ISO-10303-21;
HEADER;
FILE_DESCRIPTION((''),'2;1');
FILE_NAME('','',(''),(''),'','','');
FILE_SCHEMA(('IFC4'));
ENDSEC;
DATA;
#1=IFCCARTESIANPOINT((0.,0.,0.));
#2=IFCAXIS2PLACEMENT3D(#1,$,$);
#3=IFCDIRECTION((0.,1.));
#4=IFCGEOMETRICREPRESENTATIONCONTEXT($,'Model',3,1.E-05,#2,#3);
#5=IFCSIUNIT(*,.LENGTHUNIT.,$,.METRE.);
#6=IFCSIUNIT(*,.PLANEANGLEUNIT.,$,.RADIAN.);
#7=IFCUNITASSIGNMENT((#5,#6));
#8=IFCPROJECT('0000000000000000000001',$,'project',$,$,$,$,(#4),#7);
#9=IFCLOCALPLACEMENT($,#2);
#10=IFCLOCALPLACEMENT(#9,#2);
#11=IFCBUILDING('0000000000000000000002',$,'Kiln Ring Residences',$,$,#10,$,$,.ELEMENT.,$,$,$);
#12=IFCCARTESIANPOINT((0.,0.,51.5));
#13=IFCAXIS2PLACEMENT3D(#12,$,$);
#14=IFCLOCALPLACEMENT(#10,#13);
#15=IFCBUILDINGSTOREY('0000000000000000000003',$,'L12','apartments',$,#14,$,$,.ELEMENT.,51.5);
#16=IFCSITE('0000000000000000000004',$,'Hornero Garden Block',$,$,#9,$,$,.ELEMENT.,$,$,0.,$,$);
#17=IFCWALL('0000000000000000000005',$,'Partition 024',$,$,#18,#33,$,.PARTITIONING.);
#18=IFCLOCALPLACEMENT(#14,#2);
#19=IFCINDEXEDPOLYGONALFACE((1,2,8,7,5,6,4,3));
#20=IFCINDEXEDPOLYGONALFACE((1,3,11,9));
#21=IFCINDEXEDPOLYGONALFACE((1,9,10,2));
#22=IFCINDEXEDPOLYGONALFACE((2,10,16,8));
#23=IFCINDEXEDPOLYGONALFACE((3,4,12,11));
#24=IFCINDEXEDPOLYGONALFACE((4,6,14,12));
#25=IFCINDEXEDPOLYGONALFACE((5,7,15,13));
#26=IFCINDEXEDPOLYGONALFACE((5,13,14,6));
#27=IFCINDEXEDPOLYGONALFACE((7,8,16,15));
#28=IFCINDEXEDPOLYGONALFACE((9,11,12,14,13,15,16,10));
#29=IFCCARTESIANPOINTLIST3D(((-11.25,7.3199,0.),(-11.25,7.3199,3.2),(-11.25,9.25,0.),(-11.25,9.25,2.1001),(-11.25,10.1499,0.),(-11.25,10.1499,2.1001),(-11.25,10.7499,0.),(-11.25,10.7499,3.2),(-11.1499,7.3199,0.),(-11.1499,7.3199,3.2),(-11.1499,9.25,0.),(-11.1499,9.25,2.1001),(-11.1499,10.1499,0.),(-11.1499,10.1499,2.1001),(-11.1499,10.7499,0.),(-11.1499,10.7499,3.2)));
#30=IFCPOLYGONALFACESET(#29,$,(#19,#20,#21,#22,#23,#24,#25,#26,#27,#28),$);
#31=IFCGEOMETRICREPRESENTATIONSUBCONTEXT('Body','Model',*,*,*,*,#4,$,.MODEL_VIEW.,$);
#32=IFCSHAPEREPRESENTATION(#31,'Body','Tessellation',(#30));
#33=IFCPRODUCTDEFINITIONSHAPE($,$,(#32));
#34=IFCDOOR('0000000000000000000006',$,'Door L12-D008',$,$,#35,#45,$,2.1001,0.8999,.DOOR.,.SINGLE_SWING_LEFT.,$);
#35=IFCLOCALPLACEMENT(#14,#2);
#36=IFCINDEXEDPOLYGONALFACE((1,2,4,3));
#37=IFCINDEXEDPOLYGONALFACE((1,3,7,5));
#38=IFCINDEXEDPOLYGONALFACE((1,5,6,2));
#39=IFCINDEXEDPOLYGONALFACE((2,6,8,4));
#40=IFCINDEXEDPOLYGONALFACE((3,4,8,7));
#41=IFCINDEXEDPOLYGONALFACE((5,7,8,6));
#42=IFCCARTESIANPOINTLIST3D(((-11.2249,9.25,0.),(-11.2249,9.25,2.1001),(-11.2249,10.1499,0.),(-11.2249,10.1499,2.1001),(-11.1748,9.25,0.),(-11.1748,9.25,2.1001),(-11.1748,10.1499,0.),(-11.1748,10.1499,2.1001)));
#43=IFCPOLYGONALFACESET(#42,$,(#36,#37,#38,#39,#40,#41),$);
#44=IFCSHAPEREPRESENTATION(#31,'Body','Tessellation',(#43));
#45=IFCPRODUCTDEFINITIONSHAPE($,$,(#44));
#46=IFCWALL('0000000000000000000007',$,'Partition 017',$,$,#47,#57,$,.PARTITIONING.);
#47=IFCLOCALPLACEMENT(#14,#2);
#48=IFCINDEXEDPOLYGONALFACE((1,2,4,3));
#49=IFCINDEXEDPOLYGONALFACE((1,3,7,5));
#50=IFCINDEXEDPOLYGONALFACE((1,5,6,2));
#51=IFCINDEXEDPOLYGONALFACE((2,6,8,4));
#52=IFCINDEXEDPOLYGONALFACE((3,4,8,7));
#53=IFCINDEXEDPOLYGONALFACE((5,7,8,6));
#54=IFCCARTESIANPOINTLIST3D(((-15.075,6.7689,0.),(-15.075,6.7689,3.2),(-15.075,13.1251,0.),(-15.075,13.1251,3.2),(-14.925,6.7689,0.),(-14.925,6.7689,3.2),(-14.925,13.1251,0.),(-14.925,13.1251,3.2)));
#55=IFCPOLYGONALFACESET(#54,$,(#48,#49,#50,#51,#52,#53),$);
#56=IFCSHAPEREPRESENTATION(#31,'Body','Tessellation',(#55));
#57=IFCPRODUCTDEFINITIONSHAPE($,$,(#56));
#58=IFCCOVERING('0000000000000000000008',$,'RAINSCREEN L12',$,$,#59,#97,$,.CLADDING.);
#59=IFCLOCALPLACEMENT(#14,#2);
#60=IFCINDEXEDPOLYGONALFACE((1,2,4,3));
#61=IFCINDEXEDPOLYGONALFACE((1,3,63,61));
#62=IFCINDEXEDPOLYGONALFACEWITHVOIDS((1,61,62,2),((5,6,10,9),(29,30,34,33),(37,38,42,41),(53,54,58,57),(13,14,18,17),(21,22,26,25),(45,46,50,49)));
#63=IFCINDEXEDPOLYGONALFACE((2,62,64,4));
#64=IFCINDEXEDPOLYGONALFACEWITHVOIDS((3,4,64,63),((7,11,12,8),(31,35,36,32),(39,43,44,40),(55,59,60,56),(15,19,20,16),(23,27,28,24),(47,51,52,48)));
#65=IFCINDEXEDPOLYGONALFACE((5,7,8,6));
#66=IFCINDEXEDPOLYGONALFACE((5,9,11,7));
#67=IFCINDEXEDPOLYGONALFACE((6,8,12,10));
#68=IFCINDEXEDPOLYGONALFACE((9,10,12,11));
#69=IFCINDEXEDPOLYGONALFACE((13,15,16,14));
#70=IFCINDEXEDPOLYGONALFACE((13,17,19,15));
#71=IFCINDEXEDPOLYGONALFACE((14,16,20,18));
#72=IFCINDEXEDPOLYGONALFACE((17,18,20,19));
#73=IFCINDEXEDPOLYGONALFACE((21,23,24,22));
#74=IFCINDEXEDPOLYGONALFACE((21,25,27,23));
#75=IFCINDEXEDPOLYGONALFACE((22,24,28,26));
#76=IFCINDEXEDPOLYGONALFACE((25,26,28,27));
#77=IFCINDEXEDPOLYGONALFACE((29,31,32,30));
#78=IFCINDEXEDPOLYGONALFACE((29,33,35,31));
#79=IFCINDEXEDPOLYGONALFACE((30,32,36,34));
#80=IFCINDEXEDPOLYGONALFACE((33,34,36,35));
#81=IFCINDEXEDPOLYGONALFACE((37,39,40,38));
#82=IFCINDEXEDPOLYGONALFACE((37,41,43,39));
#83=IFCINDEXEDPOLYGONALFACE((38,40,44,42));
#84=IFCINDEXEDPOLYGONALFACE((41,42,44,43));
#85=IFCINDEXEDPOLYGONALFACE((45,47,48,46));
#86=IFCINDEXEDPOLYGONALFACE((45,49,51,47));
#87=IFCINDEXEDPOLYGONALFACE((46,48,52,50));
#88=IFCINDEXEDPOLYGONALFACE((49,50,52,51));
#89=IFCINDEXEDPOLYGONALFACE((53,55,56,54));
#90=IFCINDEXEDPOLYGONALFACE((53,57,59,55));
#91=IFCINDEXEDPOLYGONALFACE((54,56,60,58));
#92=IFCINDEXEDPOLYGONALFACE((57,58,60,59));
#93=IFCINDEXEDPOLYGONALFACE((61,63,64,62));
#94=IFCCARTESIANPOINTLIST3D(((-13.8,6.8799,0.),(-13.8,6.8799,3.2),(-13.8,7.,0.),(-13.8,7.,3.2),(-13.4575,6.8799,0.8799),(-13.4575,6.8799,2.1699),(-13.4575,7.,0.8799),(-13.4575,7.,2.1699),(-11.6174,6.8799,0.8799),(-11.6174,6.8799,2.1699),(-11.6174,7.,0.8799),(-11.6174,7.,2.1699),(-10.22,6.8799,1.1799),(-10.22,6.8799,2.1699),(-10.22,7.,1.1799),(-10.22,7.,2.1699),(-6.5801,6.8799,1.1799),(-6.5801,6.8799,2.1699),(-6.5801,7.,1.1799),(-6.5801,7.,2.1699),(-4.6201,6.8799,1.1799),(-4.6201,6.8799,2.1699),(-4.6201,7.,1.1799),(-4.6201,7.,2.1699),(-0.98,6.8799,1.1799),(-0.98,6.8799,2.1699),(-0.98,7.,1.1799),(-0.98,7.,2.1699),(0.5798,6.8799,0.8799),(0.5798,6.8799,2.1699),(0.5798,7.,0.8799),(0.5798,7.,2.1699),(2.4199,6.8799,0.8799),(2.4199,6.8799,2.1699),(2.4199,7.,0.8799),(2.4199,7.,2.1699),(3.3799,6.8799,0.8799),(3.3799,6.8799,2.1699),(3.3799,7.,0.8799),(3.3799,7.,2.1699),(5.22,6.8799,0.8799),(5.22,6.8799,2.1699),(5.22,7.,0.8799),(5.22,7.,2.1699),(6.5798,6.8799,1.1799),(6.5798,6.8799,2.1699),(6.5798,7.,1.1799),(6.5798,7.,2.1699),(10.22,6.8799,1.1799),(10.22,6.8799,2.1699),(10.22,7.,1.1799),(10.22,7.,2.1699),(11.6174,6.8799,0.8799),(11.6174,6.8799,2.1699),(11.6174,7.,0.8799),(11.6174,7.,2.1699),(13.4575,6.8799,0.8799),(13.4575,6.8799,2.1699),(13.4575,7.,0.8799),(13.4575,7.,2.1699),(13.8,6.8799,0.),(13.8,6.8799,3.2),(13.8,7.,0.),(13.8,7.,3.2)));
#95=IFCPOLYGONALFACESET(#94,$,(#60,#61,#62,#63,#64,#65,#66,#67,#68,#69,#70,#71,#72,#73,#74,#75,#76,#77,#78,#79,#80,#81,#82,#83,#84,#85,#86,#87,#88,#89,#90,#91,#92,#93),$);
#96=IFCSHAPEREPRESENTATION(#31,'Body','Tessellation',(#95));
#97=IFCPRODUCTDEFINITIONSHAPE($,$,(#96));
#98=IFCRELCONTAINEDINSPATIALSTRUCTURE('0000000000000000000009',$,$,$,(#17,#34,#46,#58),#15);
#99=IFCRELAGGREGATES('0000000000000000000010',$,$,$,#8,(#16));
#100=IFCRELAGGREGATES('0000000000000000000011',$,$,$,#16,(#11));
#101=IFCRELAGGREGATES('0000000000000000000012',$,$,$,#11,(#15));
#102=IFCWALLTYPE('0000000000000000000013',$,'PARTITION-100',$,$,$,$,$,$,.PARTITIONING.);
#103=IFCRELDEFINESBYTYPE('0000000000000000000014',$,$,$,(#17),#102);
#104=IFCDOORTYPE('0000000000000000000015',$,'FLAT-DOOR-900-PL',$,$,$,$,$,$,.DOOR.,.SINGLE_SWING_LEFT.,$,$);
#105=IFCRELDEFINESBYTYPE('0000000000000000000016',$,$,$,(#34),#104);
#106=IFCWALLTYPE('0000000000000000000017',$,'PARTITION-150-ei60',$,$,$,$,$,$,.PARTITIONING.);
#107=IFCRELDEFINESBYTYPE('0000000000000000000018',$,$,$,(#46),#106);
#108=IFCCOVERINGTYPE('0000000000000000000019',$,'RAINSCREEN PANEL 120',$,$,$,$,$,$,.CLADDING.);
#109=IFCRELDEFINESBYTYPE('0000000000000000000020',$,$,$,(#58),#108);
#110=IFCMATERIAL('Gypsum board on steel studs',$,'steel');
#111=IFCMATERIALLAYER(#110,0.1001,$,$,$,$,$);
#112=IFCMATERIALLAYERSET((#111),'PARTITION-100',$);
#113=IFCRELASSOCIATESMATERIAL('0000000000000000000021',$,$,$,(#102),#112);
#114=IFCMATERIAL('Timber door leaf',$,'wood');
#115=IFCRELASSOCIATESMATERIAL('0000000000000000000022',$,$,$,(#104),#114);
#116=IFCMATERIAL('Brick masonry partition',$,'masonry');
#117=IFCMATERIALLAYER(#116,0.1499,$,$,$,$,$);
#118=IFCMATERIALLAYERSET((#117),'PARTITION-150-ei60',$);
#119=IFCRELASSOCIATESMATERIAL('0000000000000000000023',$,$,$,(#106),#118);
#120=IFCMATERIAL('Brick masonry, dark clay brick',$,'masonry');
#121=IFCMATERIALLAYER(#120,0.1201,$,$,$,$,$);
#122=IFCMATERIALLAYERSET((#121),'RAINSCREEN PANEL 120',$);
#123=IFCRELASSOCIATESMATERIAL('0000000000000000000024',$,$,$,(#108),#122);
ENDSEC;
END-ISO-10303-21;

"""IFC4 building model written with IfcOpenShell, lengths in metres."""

from ifc_helpers import new_model, si_unit, direction, frame, frame_2d, origin, place, context, subcontext, project, spatial, polyline, rectangle, outline, extrude, material, layer, layer_set, type_object, element, fill, save


model = new_model("IFC4")

# Units and contexts
model_context = context("Model", 3, precision=1e-05, world=origin(), true_north=direction((0.0, 1.0)))
body_context = subcontext(model_context, "Body", "Model", "MODEL_VIEW")
ifc_project = project(units=[si_unit("LENGTHUNIT", "METRE"), si_unit("PLANEANGLEUNIT", "RADIAN")], contexts=[model_context])

# Site, building, storey
site_placement = place(None, origin())
site = spatial("IfcSite", under=ifc_project, at=site_placement, Name="Hornero Garden Block", CompositionType="ELEMENT", RefElevation=0.0)
building_placement = place(site_placement, origin())
building = spatial("IfcBuilding", under=site, at=building_placement, Name="Kiln Ring Residences", CompositionType="ELEMENT")
storey_placement = place(building_placement, frame((0.0, 0.0, 51.5)))
storey = spatial("IfcBuildingStorey", under=building, at=storey_placement, Name="L12", Description="apartments", CompositionType="ELEMENT", Elevation=51.5)

# Wall, opening, door
ifc_material_1 = material(Name="Gypsum board on steel studs", Category="steel")
ifc_layer_1 = layer(ifc_material_1, 0.1001)
ifc_layer_set_1 = layer_set([ifc_layer_1], Name="PARTITION-100")
wall_type_1 = type_object("IfcWallType", Name="PARTITION-100", PredefinedType="PARTITIONING", material=ifc_layer_set_1)
wall_1_placement = place(storey_placement, frame((-11.2, 7.3201, 0.0), z_axis=(0.0, 0.0, 1.0), x_axis=(0.0, 1.0, 0.0)))
wall_1 = element("IfcWall", 1, at=wall_1_placement, inside=storey, type_object=wall_type_1, Name="Partition 024", PredefinedType="PARTITIONING", context=body_context, shape_type="SweptSolid", body=[
    extrude(rectangle(XDim=3.4299, YDim=0.1001, at=frame_2d((1.7148, 0.0))), origin(), (0.0, 0.0, 1.0), 3.2),
])
opening_1_placement = place(wall_1_placement, frame((1.9299, 0.0, 0.0)))
opening_1 = element("IfcOpeningElement", 2, at=opening_1_placement, cuts=wall_1, PredefinedType="OPENING", context=body_context, shape_type="SweptSolid", body=[
    extrude(rectangle(XDim=0.8999, YDim=2.1001, at=frame_2d((0.45, 1.05))), frame((0.0, 0.0601, 0.0), z_axis=(0.0, -1.0, 0.0), x_axis=(1.0, 0.0, 0.0)), (0.0, 0.0, 1.0), 0.1201),
])
ifc_material_2 = material(Name="Timber door leaf", Category="wood")
door_type = type_object("IfcDoorType", Name="FLAT-DOOR-900-PL", OperationType="SINGLE_SWING_LEFT", PredefinedType="DOOR", material=ifc_material_2)
door_placement = place(opening_1_placement, origin())
door = element("IfcDoor", 3, at=door_placement, inside=storey, type_object=door_type, Name="Door L12-D008", OperationType="SINGLE_SWING_LEFT", OverallHeight=2.1001, OverallWidth=0.8999, PredefinedType="DOOR", context=body_context, shape_type="SweptSolid", body=[
    extrude(rectangle(XDim=0.8999, YDim=2.1001, at=frame_2d((0.45, 1.05))), frame((0.0, 0.0249, 0.0), z_axis=(0.0, -1.0, 0.0), x_axis=(1.0, 0.0, 0.0)), (0.0, 0.0, 1.0), 0.05),
])
fill(opening_1, door)

# Wall
ifc_material_3 = material(Name="Brick masonry partition", Category="masonry")
ifc_layer_2 = layer(ifc_material_3, 0.1499)
ifc_layer_set_2 = layer_set([ifc_layer_2], Name="PARTITION-150-ei60")
wall_type_2 = type_object("IfcWallType", Name="PARTITION-150-ei60", PredefinedType="PARTITIONING", material=ifc_layer_set_2)
wall_2_placement = place(storey_placement, frame((-15.0, 6.7688, 0.0), z_axis=(0.0, 0.0, 1.0), x_axis=(0.0, 1.0, 0.0)))
element("IfcWall", 4, at=wall_2_placement, inside=storey, type_object=wall_type_2, Name="Partition 017", PredefinedType="PARTITIONING", context=body_context, shape_type="SweptSolid", body=[
    extrude(rectangle(XDim=6.3562, YDim=0.1499, at=frame_2d((3.1782, 0.0))), origin(), (0.0, 0.0, 1.0), 3.2),
])

# Covering
ifc_material_4 = material(Name="Brick masonry, dark clay brick", Category="masonry")
ifc_layer_3 = layer(ifc_material_4, 0.1201)
ifc_layer_set_3 = layer_set([ifc_layer_3], Name="RAINSCREEN PANEL 120")
covering_type = type_object("IfcCoveringType", Name="RAINSCREEN PANEL 120", PredefinedType="CLADDING", material=ifc_layer_set_3)
covering_placement = place(storey_placement, frame((-13.8, 6.9399, 0.0), z_axis=(0.0, 0.0, 1.0), x_axis=(1.0, 0.0, 0.0)))
element("IfcCovering", 5, at=covering_placement, inside=storey, type_object=covering_type, Name="RAINSCREEN L12", PredefinedType="CLADDING", context=body_context, shape_type="SweptSolid", body=[
    extrude(outline(polyline([(0.0, 0.0), (27.6001, 0.0), (27.6001, 3.2), (0.0, 3.2), (0.0, 0.0)]), holes=[polyline([(2.1826, 0.8799), (2.1826, 2.1699), (0.3425, 2.1699), (0.3425, 0.8799), (2.1826, 0.8799)]), polyline([(14.3799, 0.8799), (16.22, 0.8799), (16.22, 2.1699), (14.3799, 2.1699), (14.3799, 0.8799)]), polyline([(17.1799, 0.8799), (19.02, 0.8799), (19.02, 2.1699), (17.1799, 2.1699), (17.1799, 0.8799)]), polyline([(25.4175, 0.8799), (27.2576, 0.8799), (27.2576, 2.1699), (25.4175, 2.1699), (25.4175, 0.8799)]), polyline([(3.5801, 1.1799), (7.22, 1.1799), (7.22, 2.1699), (3.5801, 2.1699), (3.5801, 1.1799)]), polyline([(9.1799, 1.1799), (12.8201, 1.1799), (12.8201, 2.1699), (9.1799, 2.1699), (9.1799, 1.1799)]), polyline([(20.3799, 1.1799), (24.02, 1.1799), (24.02, 2.1699), (20.3799, 2.1699), (20.3799, 1.1799)])]), frame((0.0, 0.0601, 0.0), z_axis=(0.0, -1.0, 0.0), x_axis=(1.0, 0.0, 0.0)), (0.0, 0.0, 1.0), 0.1201),
])

save(model, "model.ifc")
